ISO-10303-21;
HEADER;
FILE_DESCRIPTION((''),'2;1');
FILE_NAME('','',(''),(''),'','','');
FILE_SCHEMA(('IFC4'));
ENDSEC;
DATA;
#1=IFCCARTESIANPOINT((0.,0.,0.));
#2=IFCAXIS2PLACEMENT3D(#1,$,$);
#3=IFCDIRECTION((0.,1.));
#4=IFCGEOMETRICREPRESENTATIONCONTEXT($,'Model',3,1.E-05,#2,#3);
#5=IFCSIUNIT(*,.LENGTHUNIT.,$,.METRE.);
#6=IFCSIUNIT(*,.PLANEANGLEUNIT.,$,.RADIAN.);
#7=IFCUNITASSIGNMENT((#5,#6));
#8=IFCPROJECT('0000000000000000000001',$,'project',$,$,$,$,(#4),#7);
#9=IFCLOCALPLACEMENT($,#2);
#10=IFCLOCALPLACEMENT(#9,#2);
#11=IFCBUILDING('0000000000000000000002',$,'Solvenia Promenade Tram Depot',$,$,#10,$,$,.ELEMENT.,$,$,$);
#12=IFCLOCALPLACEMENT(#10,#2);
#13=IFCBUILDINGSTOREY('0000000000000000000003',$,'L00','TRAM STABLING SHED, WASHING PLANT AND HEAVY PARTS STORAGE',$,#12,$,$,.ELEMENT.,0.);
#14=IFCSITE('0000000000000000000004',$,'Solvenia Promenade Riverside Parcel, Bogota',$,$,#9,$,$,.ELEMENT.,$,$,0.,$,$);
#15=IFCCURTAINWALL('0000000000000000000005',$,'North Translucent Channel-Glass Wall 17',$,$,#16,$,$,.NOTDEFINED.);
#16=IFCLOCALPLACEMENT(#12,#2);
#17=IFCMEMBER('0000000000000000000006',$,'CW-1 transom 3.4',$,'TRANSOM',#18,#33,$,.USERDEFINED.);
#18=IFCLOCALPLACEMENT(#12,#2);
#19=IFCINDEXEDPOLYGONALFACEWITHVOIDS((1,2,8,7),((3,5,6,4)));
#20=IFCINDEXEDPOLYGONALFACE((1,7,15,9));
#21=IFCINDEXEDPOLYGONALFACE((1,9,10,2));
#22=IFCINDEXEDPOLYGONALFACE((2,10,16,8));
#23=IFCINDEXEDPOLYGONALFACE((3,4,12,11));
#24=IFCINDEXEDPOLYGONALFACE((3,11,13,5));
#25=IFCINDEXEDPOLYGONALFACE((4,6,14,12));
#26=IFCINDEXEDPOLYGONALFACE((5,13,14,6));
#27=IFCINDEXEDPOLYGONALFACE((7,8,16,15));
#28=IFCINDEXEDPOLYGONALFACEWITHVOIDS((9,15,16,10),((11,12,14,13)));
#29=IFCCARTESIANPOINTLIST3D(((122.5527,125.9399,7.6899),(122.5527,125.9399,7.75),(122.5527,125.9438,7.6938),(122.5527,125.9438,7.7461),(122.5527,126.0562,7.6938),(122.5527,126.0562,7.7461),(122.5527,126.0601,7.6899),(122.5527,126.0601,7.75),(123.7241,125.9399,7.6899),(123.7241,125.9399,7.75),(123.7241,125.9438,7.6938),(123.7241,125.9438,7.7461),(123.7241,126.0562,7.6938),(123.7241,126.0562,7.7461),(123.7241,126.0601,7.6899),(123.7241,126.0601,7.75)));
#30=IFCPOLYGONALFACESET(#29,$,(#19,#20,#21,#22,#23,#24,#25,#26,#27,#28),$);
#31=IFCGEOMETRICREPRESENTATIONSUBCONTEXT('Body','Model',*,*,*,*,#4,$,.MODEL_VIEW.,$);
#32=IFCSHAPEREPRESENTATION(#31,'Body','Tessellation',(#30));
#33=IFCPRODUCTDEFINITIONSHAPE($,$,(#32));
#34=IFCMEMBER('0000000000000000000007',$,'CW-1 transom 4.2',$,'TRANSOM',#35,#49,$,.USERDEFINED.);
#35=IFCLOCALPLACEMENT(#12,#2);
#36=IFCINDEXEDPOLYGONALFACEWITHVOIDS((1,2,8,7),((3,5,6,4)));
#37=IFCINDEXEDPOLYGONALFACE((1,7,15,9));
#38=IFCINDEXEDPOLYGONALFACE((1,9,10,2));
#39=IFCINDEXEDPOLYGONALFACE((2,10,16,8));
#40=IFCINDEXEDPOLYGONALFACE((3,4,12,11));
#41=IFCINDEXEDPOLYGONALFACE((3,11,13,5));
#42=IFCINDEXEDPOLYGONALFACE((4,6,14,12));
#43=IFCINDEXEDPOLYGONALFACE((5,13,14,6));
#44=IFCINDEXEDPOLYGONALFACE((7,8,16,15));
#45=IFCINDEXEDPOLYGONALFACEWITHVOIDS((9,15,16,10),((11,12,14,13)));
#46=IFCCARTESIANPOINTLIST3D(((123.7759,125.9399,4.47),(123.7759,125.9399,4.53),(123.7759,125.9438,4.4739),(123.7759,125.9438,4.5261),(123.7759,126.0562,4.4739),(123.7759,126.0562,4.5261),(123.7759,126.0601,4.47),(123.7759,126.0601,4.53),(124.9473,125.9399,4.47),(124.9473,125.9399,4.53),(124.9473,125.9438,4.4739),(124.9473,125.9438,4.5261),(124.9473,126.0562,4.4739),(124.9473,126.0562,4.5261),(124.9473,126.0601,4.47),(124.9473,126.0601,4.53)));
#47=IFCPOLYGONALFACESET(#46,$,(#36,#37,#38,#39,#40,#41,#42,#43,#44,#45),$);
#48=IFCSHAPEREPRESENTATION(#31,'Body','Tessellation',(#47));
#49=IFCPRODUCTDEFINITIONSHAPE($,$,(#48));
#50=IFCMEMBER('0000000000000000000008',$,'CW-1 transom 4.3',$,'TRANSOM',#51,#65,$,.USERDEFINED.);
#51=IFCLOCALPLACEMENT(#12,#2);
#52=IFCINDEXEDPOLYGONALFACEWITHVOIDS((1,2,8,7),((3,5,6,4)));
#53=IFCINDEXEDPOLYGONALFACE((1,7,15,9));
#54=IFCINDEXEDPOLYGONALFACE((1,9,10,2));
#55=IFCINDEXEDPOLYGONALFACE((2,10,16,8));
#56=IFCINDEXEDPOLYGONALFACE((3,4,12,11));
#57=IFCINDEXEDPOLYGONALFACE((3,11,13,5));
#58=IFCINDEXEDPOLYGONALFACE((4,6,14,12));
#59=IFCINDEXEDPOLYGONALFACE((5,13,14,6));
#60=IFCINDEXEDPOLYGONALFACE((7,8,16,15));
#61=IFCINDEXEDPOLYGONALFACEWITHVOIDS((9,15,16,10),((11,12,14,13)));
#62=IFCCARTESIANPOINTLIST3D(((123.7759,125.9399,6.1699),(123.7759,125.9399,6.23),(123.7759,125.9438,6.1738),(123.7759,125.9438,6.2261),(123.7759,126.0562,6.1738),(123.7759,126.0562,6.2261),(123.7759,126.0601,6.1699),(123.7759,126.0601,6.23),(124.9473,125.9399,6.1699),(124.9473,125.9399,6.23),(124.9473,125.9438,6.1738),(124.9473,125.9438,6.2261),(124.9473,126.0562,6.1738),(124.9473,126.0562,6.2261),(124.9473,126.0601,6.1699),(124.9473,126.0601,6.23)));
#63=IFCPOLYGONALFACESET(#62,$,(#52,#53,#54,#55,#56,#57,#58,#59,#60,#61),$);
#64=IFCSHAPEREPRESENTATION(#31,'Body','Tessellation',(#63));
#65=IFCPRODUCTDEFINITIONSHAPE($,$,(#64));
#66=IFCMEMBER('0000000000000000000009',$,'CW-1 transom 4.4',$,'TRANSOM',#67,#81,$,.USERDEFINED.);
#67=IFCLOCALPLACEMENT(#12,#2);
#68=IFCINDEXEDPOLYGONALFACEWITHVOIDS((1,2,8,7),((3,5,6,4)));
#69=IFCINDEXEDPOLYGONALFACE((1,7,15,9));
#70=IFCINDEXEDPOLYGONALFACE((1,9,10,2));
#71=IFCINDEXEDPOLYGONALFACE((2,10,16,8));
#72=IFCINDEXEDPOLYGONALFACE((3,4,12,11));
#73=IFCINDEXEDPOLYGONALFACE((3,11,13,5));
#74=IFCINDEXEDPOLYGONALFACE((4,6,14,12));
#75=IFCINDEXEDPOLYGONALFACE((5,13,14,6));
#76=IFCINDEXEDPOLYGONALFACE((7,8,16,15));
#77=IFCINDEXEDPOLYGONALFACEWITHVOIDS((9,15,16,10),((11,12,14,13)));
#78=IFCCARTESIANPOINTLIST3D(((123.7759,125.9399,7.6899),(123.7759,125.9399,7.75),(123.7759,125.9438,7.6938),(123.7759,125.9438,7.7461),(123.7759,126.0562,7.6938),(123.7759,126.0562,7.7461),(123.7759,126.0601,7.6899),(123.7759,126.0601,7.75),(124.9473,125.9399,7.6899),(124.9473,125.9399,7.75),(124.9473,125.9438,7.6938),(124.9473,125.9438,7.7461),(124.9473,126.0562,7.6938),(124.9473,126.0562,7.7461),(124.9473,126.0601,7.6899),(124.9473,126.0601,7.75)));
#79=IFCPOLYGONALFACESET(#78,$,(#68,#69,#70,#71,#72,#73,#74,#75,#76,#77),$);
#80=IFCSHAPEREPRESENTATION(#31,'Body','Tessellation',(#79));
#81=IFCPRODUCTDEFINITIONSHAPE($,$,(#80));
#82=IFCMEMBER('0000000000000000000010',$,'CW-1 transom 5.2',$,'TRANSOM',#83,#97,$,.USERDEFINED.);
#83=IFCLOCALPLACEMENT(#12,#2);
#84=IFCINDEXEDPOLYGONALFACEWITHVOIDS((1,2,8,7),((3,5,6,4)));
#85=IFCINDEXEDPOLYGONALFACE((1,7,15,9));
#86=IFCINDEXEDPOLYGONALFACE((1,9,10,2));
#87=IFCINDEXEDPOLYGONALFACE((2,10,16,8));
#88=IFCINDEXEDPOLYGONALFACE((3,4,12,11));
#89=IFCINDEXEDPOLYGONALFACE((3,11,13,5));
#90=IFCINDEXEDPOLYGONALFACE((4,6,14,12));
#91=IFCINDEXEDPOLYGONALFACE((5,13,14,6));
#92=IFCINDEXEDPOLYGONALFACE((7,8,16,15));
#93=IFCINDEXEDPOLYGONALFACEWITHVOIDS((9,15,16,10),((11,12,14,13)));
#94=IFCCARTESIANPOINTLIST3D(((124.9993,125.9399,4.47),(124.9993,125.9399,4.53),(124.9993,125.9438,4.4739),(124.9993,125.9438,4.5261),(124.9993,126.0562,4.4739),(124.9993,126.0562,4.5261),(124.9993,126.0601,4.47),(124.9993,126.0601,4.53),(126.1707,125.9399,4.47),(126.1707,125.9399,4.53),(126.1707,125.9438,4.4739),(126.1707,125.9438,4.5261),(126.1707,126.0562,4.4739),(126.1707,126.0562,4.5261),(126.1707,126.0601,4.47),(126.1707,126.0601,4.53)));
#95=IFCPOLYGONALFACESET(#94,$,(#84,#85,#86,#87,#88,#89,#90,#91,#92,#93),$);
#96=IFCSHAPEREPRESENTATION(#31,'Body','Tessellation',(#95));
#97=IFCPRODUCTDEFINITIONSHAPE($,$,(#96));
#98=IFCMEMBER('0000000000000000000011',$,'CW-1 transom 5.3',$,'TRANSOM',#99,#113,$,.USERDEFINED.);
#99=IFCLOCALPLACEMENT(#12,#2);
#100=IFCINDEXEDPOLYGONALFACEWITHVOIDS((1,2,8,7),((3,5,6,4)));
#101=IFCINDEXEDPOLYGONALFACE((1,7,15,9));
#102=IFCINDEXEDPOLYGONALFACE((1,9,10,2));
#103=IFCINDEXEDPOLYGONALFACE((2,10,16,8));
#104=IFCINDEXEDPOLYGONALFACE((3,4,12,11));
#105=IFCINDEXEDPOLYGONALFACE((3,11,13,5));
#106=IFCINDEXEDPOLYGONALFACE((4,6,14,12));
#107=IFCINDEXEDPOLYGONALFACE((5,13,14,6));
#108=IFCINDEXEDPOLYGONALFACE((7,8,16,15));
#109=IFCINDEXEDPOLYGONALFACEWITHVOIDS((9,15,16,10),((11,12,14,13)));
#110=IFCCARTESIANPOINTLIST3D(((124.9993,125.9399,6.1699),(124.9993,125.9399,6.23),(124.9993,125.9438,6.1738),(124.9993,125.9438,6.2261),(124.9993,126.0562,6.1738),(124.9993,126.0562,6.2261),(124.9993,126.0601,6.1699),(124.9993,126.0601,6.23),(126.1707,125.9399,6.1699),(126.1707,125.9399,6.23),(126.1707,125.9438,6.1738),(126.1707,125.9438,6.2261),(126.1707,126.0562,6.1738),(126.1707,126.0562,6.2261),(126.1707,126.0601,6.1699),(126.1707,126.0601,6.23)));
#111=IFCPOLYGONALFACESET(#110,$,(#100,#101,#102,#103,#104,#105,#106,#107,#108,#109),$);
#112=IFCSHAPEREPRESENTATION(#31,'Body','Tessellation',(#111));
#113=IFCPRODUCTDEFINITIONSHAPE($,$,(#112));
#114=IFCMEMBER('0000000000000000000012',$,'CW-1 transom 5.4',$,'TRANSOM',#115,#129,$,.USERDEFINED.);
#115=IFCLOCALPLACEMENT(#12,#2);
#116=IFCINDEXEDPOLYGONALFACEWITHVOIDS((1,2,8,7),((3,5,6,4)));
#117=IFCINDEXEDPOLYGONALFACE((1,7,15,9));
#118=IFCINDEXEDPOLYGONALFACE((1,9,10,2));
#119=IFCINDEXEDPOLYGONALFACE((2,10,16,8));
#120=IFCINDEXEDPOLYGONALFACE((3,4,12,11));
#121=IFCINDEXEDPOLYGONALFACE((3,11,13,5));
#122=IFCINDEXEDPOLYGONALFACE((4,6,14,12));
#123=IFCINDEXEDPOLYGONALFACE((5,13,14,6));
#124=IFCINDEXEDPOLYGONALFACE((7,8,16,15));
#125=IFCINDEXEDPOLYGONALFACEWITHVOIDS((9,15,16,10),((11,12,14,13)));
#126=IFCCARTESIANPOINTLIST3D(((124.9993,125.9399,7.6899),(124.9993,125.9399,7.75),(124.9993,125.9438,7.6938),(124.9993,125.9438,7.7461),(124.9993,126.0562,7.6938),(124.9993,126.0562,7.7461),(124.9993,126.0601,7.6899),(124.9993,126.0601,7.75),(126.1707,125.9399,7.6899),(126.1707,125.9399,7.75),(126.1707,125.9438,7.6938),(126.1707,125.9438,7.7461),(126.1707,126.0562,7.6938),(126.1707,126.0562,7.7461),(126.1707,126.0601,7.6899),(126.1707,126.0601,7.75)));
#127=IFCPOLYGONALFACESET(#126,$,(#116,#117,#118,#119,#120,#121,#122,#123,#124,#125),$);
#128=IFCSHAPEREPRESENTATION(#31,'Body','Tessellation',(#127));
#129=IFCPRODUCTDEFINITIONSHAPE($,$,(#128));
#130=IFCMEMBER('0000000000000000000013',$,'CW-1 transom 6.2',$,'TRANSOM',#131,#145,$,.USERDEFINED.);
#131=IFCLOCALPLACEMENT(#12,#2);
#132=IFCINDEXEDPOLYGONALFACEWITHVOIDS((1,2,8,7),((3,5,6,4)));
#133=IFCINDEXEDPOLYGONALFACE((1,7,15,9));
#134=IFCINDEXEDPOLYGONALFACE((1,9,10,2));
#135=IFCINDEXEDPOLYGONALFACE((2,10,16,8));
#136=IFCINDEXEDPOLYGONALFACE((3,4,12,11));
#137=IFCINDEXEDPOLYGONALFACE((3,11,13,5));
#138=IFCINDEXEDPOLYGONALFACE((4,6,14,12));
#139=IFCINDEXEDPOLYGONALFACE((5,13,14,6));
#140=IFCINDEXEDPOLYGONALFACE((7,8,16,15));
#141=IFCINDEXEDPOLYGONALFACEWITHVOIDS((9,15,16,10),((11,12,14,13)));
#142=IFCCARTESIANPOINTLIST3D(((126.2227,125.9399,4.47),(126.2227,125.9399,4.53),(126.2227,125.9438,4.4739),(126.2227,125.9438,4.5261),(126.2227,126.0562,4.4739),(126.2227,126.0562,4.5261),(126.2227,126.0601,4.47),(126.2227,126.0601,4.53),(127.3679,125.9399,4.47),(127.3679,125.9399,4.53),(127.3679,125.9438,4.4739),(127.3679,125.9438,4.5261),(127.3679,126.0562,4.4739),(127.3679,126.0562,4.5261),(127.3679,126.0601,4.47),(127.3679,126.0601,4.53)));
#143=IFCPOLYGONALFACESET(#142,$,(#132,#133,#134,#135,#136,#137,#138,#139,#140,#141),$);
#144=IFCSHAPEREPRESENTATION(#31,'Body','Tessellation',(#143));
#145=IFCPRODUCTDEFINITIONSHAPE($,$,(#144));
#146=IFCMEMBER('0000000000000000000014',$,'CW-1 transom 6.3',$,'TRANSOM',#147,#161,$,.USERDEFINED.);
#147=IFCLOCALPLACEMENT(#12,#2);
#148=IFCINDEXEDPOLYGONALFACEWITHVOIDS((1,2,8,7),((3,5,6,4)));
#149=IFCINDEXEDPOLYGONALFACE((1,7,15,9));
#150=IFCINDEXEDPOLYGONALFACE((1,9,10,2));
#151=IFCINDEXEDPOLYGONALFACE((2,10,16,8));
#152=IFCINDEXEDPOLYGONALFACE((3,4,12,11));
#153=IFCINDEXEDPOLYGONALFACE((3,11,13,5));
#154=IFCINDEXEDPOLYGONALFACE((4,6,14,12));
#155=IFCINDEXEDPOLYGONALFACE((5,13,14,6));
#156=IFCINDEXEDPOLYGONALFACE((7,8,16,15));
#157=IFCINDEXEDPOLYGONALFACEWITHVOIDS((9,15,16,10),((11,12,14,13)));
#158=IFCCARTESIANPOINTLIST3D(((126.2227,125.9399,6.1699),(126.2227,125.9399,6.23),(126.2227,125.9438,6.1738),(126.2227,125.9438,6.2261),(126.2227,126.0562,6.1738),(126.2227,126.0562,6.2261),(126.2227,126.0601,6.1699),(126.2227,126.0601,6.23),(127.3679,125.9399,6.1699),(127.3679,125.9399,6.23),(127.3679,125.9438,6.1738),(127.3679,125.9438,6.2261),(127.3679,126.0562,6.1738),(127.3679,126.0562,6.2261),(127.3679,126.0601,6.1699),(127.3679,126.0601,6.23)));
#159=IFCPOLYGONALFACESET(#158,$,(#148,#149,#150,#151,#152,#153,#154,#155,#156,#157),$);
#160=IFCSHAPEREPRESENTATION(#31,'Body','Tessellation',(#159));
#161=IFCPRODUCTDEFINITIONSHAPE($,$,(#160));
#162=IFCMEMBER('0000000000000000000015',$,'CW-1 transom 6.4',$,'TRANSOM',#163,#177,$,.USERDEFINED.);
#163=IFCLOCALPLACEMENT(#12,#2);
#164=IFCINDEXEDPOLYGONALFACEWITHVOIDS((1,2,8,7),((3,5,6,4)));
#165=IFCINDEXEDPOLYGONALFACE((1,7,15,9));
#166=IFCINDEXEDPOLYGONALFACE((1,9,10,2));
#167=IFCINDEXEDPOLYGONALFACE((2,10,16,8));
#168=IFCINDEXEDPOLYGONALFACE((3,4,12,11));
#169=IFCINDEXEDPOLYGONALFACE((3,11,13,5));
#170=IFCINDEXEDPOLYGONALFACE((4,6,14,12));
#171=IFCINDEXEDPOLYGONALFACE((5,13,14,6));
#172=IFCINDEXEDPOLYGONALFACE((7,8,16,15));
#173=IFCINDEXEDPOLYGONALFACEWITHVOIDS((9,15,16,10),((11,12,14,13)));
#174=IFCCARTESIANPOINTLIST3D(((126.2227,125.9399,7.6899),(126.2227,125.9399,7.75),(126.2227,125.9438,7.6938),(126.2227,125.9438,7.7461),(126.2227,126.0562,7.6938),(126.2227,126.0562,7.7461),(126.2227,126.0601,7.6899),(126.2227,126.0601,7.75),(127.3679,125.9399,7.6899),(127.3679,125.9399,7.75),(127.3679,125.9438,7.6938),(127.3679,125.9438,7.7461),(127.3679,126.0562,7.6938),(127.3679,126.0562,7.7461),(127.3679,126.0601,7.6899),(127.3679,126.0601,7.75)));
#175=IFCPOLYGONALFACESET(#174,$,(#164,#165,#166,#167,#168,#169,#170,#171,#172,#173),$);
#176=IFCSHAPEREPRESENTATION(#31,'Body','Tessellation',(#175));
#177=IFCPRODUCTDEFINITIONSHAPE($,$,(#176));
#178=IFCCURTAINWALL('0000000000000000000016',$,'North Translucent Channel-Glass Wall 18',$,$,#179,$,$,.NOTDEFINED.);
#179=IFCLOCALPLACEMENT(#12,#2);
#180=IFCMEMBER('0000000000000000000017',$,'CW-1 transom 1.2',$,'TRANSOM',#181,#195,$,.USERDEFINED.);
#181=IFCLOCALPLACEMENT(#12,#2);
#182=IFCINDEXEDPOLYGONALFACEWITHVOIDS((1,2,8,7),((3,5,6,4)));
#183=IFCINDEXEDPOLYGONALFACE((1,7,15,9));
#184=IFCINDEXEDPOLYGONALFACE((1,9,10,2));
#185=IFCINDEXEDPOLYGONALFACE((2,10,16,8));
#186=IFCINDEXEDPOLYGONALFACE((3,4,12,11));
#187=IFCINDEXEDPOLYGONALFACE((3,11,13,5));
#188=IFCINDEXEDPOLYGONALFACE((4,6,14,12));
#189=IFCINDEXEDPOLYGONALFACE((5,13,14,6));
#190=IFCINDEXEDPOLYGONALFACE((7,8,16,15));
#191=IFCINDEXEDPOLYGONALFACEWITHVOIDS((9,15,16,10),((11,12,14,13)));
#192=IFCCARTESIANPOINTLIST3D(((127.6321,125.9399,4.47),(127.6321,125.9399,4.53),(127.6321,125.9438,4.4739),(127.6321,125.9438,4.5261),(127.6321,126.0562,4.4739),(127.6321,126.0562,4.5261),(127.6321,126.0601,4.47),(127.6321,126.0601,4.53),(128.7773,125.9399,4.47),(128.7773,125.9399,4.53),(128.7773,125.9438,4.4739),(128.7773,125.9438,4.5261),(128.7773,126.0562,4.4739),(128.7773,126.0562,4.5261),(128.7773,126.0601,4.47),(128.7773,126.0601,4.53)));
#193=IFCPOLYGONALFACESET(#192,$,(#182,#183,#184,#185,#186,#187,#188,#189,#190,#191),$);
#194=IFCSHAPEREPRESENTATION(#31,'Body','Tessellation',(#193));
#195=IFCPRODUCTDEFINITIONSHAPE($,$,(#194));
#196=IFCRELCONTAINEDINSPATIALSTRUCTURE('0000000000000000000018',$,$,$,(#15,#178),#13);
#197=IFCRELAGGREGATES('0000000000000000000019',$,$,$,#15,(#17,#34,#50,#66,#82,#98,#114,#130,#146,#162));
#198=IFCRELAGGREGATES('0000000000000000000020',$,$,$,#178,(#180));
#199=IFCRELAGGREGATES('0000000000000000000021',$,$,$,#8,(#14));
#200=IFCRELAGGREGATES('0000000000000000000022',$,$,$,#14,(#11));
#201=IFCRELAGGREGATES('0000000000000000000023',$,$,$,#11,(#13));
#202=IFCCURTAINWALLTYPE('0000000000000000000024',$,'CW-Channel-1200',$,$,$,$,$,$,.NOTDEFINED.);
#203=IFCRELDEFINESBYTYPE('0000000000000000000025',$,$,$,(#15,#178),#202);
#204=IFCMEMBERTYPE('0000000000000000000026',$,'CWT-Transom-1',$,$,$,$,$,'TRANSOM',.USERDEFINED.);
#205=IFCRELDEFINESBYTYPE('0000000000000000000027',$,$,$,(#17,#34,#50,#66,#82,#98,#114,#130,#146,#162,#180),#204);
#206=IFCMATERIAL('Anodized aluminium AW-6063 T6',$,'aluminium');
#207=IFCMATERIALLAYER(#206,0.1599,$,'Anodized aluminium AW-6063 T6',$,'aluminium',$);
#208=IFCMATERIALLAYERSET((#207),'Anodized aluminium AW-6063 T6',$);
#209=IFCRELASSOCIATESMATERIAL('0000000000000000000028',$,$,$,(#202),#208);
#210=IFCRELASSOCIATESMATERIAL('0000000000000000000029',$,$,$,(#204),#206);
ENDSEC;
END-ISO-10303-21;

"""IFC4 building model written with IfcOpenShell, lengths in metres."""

from ifc_helpers import new_model, si_unit, direction, frame, origin, origin_2d, place, context, subcontext, project, spatial, hollow_rectangle, extrude, material, layer, layer_set, material_profile, profile_set, type_object, element, aggregate, save


model = new_model("IFC4")

# Units and contexts
model_context = context("Model", 3, precision=1e-05, world=origin(), true_north=direction((0.0, 1.0)))
body_context = subcontext(model_context, "Body", "Model", "MODEL_VIEW")
ifc_project = project(units=[si_unit("LENGTHUNIT", "METRE"), si_unit("PLANEANGLEUNIT", "RADIAN")], contexts=[model_context])

# Site, building, storey
site_placement = place(None, origin())
site = spatial("IfcSite", under=ifc_project, at=site_placement, Name="Solvenia Promenade Riverside Parcel, Bogota", CompositionType="ELEMENT", RefElevation=0.0)
building_placement = place(site_placement, origin())
building = spatial("IfcBuilding", under=site, at=building_placement, Name="Solvenia Promenade Tram Depot", CompositionType="ELEMENT")
storey_placement = place(building_placement, origin())
storey = spatial("IfcBuildingStorey", under=building, at=storey_placement, Name="L00", Description="TRAM STABLING SHED, WASHING PLANT AND HEAVY PARTS STORAGE", CompositionType="ELEMENT", Elevation=0.0)

# Curtain walls, members
ifc_material_1 = material(Name="Anodized aluminium AW-6063 T6", Category="aluminium")
ifc_layer_1 = layer(ifc_material_1, 0.1599, Name="Anodized aluminium AW-6063 T6", Category="aluminium")
ifc_layer_set_1 = layer_set([ifc_layer_1], Name="Anodized aluminium AW-6063 T6")
curtain_wall_type = type_object("IfcCurtainWallType", Name="CW-Channel-1200", PredefinedType="NOTDEFINED", material=ifc_layer_set_1)
curtain_wall_1_placement = place(storey_placement, origin())
curtain_wall_1 = element("IfcCurtainWall", 1, at=curtain_wall_1_placement, inside=storey, type_object=curtain_wall_type, Name="North Translucent Channel-Glass Wall 17", PredefinedType="NOTDEFINED")
ifc_material_profile = material_profile(ifc_material_1, hollow_rectangle(XDim=0.1201, YDim=0.0601, WallThickness=0.0039, at=origin_2d()), Name="ALU-T1", Category="aluminium")
ifc_profile_set = profile_set([ifc_material_profile], Name="Anodized aluminium AW-6063 T6")
member_type = type_object("IfcMemberType", Name="CWT-Transom-1", ElementType="TRANSOM", PredefinedType="USERDEFINED", material=ifc_profile_set)
member_1_placement = place(storey_placement, frame((122.5527, 126.0, 7.72), z_axis=(1.0, 0.0, 0.0), x_axis=(0.0, 1.0, 0.0)))
member_1 = element("IfcMember", 2, at=member_1_placement, type_object=member_type, Name="CW-1 transom 3.4", ObjectType="TRANSOM", PredefinedType="USERDEFINED", context=body_context, shape_type="SweptSolid", body=[
    extrude(hollow_rectangle(XDim=0.1201, YDim=0.0601, WallThickness=0.0039, at=origin_2d()), origin(), (0.0, 0.0, 1.0), 1.1714),
])
member_2_placement = place(storey_placement, frame((123.7759, 126.0, 4.5), z_axis=(1.0, 0.0, 0.0), x_axis=(0.0, 1.0, 0.0)))
member_2 = element("IfcMember", 3, at=member_2_placement, type_object=member_type, Name="CW-1 transom 4.2", ObjectType="TRANSOM", PredefinedType="USERDEFINED", context=body_context, shape_type="SweptSolid", body=[
    extrude(hollow_rectangle(XDim=0.1201, YDim=0.0601, WallThickness=0.0039, at=origin_2d()), origin(), (0.0, 0.0, 1.0), 1.1714),
])
member_3_placement = place(storey_placement, frame((123.7759, 126.0, 6.2), z_axis=(1.0, 0.0, 0.0), x_axis=(0.0, 1.0, 0.0)))
member_3 = element("IfcMember", 4, at=member_3_placement, type_object=member_type, Name="CW-1 transom 4.3", ObjectType="TRANSOM", PredefinedType="USERDEFINED", context=body_context, shape_type="SweptSolid", body=[
    extrude(hollow_rectangle(XDim=0.1201, YDim=0.0601, WallThickness=0.0039, at=origin_2d()), origin(), (0.0, 0.0, 1.0), 1.1714),
])
member_4_placement = place(storey_placement, frame((123.7759, 126.0, 7.72), z_axis=(1.0, 0.0, 0.0), x_axis=(0.0, 1.0, 0.0)))
member_4 = element("IfcMember", 5, at=member_4_placement, type_object=member_type, Name="CW-1 transom 4.4", ObjectType="TRANSOM", PredefinedType="USERDEFINED", context=body_context, shape_type="SweptSolid", body=[
    extrude(hollow_rectangle(XDim=0.1201, YDim=0.0601, WallThickness=0.0039, at=origin_2d()), origin(), (0.0, 0.0, 1.0), 1.1714),
])
member_5_placement = place(storey_placement, frame((124.9993, 126.0, 4.5), z_axis=(1.0, 0.0, 0.0), x_axis=(0.0, 1.0, 0.0)))
member_5 = element("IfcMember", 6, at=member_5_placement, type_object=member_type, Name="CW-1 transom 5.2", ObjectType="TRANSOM", PredefinedType="USERDEFINED", context=body_context, shape_type="SweptSolid", body=[
    extrude(hollow_rectangle(XDim=0.1201, YDim=0.0601, WallThickness=0.0039, at=origin_2d()), origin(), (0.0, 0.0, 1.0), 1.1714),
])
member_6_placement = place(storey_placement, frame((124.9993, 126.0, 6.2), z_axis=(1.0, 0.0, 0.0), x_axis=(0.0, 1.0, 0.0)))
member_6 = element("IfcMember", 7, at=member_6_placement, type_object=member_type, Name="CW-1 transom 5.3", ObjectType="TRANSOM", PredefinedType="USERDEFINED", context=body_context, shape_type="SweptSolid", body=[
    extrude(hollow_rectangle(XDim=0.1201, YDim=0.0601, WallThickness=0.0039, at=origin_2d()), origin(), (0.0, 0.0, 1.0), 1.1714),
])
member_7_placement = place(storey_placement, frame((124.9993, 126.0, 7.72), z_axis=(1.0, 0.0, 0.0), x_axis=(0.0, 1.0, 0.0)))
member_7 = element("IfcMember", 8, at=member_7_placement, type_object=member_type, Name="CW-1 transom 5.4", ObjectType="TRANSOM", PredefinedType="USERDEFINED", context=body_context, shape_type="SweptSolid", body=[
    extrude(hollow_rectangle(XDim=0.1201, YDim=0.0601, WallThickness=0.0039, at=origin_2d()), origin(), (0.0, 0.0, 1.0), 1.1714),
])
member_8_placement = place(storey_placement, frame((126.2227, 126.0, 4.5), z_axis=(1.0, 0.0, 0.0), x_axis=(0.0, 1.0, 0.0)))
member_8 = element("IfcMember", 9, at=member_8_placement, type_object=member_type, Name="CW-1 transom 6.2", ObjectType="TRANSOM", PredefinedType="USERDEFINED", context=body_context, shape_type="SweptSolid", body=[
    extrude(hollow_rectangle(XDim=0.1201, YDim=0.0601, WallThickness=0.0039, at=origin_2d()), origin(), (0.0, 0.0, 1.0), 1.1453),
])
member_9_placement = place(storey_placement, frame((126.2227, 126.0, 6.2), z_axis=(1.0, 0.0, 0.0), x_axis=(0.0, 1.0, 0.0)))
member_9 = element("IfcMember", 10, at=member_9_placement, type_object=member_type, Name="CW-1 transom 6.3", ObjectType="TRANSOM", PredefinedType="USERDEFINED", context=body_context, shape_type="SweptSolid", body=[
    extrude(hollow_rectangle(XDim=0.1201, YDim=0.0601, WallThickness=0.0039, at=origin_2d()), origin(), (0.0, 0.0, 1.0), 1.1453),
])
member_10_placement = place(storey_placement, frame((126.2227, 126.0, 7.72), z_axis=(1.0, 0.0, 0.0), x_axis=(0.0, 1.0, 0.0)))
member_10 = element("IfcMember", 11, at=member_10_placement, type_object=member_type, Name="CW-1 transom 6.4", ObjectType="TRANSOM", PredefinedType="USERDEFINED", context=body_context, shape_type="SweptSolid", body=[
    extrude(hollow_rectangle(XDim=0.1201, YDim=0.0601, WallThickness=0.0039, at=origin_2d()), origin(), (0.0, 0.0, 1.0), 1.1453),
])
curtain_wall_2_placement = place(storey_placement, origin())
curtain_wall_2 = element("IfcCurtainWall", 12, at=curtain_wall_2_placement, inside=storey, type_object=curtain_wall_type, Name="North Translucent Channel-Glass Wall 18", PredefinedType="NOTDEFINED")
member_11_placement = place(storey_placement, frame((127.6321, 126.0, 4.5), z_axis=(1.0, 0.0, 0.0), x_axis=(0.0, 1.0, 0.0)))
member_11 = element("IfcMember", 13, at=member_11_placement, type_object=member_type, Name="CW-1 transom 1.2", ObjectType="TRANSOM", PredefinedType="USERDEFINED", context=body_context, shape_type="SweptSolid", body=[
    extrude(hollow_rectangle(XDim=0.1201, YDim=0.0601, WallThickness=0.0039, at=origin_2d()), origin(), (0.0, 0.0, 1.0), 1.1453),
])

aggregate(curtain_wall_1, [member_1, member_2, member_3, member_4, member_5, member_6, member_7, member_8, member_9, member_10])
aggregate(curtain_wall_2, [member_11])

save(model, "model.ifc")
